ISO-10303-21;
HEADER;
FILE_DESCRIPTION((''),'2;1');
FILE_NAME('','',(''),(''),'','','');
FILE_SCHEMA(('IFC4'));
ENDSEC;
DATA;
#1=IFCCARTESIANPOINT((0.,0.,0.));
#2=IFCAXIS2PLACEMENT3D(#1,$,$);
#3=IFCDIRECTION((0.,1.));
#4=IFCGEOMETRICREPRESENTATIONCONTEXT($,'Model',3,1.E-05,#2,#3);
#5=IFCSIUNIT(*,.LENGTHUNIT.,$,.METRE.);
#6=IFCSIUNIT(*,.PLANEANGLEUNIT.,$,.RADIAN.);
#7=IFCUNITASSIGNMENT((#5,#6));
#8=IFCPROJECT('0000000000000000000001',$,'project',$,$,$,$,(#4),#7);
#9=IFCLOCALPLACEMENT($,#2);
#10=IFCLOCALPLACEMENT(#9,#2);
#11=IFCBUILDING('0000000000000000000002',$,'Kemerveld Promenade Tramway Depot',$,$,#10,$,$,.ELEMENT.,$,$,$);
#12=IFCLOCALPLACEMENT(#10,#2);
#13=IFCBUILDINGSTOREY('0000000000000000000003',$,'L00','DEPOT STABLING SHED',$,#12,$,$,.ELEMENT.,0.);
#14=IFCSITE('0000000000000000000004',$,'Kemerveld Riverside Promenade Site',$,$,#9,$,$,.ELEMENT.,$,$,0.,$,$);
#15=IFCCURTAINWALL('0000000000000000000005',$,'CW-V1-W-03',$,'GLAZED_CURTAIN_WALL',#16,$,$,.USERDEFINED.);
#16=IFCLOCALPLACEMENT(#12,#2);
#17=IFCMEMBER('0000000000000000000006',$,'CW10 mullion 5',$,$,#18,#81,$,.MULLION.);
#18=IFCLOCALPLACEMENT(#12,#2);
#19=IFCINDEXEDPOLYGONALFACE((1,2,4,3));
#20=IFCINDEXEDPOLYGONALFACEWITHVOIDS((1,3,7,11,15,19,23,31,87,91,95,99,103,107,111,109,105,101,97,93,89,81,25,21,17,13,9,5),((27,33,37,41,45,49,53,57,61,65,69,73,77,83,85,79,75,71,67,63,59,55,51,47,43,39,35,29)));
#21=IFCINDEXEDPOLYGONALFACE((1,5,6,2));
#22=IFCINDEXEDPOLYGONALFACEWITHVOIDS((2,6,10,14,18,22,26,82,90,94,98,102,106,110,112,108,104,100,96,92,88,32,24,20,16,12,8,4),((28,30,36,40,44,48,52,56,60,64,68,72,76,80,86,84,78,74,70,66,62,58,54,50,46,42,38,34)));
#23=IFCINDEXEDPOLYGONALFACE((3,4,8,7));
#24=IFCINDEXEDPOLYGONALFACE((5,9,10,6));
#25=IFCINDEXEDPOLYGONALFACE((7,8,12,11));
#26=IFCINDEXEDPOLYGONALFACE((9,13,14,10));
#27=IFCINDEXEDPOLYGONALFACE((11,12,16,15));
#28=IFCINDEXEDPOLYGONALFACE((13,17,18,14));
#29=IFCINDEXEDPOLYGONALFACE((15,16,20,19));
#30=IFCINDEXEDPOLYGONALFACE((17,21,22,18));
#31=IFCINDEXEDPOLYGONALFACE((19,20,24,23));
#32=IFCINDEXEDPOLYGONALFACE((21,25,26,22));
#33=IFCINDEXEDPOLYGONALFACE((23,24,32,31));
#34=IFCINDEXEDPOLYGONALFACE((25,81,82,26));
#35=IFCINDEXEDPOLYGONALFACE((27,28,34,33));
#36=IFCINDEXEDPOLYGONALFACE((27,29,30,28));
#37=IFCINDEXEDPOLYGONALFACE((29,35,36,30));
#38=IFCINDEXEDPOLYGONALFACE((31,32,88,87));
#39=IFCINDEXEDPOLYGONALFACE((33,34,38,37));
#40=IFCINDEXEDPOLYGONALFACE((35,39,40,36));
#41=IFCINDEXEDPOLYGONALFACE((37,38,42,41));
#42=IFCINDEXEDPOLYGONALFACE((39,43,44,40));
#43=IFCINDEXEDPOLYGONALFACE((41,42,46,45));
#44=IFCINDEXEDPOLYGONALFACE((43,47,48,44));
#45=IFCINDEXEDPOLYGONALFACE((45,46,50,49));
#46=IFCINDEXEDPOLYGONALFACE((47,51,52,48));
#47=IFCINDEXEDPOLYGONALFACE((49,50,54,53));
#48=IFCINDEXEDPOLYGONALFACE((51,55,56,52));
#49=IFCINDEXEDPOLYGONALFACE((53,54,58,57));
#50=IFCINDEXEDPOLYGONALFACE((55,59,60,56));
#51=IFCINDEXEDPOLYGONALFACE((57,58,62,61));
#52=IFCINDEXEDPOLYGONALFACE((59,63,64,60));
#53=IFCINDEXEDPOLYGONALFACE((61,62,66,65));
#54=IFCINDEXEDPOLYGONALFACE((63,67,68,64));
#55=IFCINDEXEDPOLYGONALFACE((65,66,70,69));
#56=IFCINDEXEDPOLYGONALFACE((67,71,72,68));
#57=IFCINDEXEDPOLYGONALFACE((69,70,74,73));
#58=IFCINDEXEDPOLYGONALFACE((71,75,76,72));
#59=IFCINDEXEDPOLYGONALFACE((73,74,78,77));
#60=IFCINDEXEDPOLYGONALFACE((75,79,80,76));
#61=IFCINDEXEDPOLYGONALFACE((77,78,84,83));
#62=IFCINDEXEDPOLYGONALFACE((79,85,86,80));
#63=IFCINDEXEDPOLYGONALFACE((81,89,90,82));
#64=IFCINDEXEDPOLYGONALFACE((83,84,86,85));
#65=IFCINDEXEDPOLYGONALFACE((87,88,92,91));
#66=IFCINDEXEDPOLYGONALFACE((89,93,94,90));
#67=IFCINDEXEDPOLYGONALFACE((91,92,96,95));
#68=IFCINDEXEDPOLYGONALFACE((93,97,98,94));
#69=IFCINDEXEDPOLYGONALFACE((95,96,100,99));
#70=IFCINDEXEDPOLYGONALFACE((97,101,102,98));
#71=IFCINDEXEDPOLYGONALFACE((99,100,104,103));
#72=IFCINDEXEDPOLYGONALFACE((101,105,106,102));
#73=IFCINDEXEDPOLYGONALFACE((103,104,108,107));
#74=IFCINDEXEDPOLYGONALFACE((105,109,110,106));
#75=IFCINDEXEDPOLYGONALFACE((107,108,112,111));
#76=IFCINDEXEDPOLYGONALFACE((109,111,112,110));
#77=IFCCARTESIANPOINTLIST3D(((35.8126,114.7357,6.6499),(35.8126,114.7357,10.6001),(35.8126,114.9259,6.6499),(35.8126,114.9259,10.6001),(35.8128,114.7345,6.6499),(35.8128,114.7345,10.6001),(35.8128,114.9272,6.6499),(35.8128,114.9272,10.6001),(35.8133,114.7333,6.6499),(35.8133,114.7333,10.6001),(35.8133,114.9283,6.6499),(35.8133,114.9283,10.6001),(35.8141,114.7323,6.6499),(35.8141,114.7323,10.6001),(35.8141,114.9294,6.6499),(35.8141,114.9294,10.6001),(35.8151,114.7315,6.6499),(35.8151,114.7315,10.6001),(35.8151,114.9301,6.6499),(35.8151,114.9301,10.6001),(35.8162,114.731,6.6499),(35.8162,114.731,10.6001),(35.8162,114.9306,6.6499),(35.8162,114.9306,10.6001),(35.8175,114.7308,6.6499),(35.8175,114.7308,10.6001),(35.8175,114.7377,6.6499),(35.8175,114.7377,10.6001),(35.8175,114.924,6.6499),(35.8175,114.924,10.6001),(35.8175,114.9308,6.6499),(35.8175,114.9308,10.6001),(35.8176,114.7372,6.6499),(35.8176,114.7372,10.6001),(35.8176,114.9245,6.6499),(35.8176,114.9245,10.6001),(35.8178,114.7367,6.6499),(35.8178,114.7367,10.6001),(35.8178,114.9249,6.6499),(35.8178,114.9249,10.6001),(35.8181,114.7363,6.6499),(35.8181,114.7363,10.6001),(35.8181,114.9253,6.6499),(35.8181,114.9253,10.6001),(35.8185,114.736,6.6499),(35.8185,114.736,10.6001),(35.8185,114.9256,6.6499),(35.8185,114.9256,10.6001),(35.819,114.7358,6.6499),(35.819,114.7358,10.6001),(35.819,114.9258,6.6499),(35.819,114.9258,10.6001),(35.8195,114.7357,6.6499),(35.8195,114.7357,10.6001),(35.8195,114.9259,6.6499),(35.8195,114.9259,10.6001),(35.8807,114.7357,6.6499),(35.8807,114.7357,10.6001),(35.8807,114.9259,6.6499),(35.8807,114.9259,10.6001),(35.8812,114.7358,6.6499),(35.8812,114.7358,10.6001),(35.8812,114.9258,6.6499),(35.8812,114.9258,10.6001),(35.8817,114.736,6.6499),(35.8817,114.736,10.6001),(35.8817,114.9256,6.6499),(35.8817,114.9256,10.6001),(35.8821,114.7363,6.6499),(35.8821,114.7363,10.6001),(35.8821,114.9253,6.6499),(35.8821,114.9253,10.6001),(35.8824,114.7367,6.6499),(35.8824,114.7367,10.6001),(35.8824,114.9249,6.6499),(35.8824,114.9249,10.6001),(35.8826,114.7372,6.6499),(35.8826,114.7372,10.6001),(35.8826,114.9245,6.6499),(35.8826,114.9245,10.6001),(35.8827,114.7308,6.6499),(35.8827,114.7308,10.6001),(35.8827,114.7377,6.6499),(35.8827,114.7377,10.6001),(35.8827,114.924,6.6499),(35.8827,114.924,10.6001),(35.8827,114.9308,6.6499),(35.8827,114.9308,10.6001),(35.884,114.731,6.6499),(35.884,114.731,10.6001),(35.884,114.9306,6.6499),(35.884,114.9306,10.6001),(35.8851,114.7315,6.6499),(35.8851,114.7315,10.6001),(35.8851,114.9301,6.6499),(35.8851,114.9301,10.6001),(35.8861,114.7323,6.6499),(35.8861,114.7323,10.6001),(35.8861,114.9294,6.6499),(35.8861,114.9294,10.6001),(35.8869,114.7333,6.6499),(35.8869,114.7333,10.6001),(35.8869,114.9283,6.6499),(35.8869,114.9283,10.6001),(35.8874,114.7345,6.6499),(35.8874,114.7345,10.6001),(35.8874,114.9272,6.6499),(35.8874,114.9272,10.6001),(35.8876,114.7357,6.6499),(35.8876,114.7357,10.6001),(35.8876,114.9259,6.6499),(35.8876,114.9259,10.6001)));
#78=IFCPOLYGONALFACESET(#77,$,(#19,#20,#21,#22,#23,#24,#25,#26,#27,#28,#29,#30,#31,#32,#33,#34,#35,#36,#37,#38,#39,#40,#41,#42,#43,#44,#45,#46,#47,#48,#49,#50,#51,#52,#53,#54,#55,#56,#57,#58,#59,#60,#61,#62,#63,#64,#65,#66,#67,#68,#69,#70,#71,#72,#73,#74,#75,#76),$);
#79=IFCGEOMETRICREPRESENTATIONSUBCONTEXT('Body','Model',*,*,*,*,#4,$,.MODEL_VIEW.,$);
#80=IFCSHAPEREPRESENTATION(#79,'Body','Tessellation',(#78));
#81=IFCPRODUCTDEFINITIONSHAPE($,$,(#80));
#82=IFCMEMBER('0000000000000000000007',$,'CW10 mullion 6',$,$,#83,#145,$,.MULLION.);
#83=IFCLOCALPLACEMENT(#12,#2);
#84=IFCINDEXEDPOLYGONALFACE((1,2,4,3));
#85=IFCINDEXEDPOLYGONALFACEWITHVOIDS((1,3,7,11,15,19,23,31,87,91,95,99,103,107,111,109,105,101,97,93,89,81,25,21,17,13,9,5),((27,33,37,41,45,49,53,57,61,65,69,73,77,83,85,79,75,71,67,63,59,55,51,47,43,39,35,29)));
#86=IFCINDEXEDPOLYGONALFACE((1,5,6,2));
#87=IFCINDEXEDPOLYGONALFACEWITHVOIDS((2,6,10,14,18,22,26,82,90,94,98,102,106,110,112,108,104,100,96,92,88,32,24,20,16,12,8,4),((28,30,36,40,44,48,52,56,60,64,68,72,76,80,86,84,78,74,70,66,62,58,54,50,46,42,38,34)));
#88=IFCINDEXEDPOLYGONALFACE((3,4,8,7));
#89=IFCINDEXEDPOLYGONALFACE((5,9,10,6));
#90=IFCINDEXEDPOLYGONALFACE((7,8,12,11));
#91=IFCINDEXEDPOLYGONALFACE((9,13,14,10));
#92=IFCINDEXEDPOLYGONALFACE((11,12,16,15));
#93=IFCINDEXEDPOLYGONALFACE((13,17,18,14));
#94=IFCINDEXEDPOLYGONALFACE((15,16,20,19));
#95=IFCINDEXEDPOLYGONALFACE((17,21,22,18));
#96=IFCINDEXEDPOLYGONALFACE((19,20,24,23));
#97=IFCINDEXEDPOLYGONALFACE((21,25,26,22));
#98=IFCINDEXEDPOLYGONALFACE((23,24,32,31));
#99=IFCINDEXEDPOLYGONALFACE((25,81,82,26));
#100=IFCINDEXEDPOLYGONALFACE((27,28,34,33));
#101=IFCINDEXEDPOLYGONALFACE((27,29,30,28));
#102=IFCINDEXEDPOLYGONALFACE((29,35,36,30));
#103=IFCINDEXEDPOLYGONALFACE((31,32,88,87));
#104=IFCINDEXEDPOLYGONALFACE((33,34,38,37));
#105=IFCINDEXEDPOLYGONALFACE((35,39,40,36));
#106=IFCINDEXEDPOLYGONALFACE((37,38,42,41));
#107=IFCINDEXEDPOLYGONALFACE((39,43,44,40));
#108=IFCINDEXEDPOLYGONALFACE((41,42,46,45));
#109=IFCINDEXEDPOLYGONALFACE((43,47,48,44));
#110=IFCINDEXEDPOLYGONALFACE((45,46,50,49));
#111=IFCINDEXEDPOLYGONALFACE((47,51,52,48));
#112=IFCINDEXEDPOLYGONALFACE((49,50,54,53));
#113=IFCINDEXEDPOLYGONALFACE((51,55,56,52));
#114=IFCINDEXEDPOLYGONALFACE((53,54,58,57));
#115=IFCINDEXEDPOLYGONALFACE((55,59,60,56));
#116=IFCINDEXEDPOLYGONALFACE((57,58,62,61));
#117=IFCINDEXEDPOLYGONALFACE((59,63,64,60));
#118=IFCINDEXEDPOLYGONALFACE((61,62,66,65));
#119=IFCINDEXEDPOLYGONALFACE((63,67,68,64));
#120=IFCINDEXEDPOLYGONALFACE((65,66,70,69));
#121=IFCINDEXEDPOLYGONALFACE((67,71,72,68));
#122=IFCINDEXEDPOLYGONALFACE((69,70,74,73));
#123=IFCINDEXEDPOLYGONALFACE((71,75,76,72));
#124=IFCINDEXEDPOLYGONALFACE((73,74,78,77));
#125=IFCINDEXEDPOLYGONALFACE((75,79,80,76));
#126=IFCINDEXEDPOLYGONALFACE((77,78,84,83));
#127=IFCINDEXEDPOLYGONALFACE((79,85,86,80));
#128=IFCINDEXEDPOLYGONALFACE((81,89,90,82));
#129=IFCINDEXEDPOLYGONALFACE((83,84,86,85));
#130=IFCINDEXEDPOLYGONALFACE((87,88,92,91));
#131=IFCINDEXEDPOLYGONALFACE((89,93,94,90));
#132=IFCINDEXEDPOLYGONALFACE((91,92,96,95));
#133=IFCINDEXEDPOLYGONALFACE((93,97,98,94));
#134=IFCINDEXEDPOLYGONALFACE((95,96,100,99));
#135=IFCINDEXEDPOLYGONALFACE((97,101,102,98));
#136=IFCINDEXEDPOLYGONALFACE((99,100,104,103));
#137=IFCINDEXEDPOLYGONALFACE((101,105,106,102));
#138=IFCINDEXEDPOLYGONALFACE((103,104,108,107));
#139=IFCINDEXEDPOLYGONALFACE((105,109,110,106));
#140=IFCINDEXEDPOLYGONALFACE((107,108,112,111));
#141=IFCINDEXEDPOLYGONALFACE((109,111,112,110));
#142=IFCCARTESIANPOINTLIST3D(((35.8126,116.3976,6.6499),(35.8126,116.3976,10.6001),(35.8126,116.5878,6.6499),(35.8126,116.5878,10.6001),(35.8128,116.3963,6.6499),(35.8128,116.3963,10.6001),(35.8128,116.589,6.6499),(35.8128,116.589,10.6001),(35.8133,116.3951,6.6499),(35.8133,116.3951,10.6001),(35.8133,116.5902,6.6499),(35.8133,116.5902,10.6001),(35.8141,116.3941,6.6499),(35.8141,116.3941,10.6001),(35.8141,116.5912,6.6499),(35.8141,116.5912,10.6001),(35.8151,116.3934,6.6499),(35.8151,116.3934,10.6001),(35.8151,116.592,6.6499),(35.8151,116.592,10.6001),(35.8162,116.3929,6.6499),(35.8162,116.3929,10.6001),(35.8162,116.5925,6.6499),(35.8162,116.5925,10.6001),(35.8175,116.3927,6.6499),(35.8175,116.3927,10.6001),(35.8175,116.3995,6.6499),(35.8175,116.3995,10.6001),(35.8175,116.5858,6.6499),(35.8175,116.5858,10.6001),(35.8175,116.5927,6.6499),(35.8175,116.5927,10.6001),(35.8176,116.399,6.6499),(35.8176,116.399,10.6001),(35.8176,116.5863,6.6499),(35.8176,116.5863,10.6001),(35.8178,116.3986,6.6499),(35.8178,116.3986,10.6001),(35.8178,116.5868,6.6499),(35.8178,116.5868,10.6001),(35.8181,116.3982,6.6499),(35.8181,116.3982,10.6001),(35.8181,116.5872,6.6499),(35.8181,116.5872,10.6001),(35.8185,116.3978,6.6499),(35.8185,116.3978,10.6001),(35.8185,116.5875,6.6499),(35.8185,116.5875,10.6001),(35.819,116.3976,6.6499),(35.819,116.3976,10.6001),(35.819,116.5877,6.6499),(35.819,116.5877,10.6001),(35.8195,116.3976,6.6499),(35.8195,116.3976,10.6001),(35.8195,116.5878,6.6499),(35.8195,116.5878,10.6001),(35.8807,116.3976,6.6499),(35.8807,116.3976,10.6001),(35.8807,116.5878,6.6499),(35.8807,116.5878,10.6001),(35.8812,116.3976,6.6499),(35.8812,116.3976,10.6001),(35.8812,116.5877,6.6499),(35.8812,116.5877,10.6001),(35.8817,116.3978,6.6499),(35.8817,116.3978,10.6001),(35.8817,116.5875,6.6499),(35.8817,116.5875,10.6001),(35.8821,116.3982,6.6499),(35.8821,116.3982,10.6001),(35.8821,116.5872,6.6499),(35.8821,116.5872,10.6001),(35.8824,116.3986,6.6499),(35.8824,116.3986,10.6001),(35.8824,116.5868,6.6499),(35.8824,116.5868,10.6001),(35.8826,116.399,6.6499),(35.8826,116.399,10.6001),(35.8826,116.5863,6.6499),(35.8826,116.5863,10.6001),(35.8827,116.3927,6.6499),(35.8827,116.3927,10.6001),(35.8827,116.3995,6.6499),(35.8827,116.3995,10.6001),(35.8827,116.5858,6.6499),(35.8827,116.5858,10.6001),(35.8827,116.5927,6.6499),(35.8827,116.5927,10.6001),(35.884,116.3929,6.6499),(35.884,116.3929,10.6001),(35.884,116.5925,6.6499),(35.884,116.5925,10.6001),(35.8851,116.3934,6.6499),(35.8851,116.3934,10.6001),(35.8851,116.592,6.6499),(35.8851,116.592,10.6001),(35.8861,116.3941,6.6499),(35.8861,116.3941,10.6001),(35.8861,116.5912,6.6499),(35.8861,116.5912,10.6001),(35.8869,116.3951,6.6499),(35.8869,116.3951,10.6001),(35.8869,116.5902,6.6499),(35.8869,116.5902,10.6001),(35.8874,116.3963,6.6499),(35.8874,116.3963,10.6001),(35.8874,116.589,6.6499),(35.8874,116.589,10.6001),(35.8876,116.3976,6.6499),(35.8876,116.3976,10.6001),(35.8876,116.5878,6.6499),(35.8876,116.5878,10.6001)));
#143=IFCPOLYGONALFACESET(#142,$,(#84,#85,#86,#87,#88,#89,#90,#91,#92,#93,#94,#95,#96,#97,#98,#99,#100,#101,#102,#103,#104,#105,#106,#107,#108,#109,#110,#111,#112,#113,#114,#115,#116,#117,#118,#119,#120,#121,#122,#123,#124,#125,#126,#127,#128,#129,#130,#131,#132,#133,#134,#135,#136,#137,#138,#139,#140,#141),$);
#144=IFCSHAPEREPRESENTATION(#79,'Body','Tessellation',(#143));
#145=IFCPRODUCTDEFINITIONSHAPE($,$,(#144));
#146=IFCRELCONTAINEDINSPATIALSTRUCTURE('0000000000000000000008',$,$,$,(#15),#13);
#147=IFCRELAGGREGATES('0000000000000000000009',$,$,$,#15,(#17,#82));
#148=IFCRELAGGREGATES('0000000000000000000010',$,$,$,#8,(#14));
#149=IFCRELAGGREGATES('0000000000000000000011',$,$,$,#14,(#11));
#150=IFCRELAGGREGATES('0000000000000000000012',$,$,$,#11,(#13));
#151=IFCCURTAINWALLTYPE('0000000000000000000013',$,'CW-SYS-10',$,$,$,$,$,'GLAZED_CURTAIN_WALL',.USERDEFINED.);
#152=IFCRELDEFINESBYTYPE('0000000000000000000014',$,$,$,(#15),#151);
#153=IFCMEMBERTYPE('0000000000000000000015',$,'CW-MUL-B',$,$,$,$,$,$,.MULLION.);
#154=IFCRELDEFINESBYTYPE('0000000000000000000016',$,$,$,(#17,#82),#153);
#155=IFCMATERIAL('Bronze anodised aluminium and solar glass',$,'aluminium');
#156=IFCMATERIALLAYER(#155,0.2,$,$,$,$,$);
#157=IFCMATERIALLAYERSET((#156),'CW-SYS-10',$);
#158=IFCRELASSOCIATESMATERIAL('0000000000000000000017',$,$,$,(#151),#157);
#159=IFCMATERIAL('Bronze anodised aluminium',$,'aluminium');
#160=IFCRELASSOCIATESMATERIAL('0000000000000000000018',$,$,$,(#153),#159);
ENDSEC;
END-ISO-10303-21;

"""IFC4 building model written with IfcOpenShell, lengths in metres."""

from ifc_helpers import new_model, si_unit, direction, frame, origin, origin_2d, place, context, subcontext, project, spatial, hollow_rectangle, extrude, material, layer, layer_set, material_profile, profile_set, type_object, element, aggregate, save


model = new_model("IFC4")

# Units and contexts
model_context = context("Model", 3, precision=1e-05, world=origin(), true_north=direction((0.0, 1.0)))
body_context = subcontext(model_context, "Body", "Model", "MODEL_VIEW")
ifc_project = project(units=[si_unit("LENGTHUNIT", "METRE"), si_unit("PLANEANGLEUNIT", "RADIAN")], contexts=[model_context])

# Site, building, storey
site_placement = place(None, origin())
site = spatial("IfcSite", under=ifc_project, at=site_placement, Name="Kemerveld Riverside Promenade Site", CompositionType="ELEMENT", RefElevation=0.0)
building_placement = place(site_placement, origin())
building = spatial("IfcBuilding", under=site, at=building_placement, Name="Kemerveld Promenade Tramway Depot", CompositionType="ELEMENT")
storey_placement = place(building_placement, origin())
storey = spatial("IfcBuildingStorey", under=building, at=storey_placement, Name="L00", Description="DEPOT STABLING SHED", CompositionType="ELEMENT", Elevation=0.0)

# Curtain wall, members
ifc_material_1 = material(Name="Bronze anodised aluminium and solar glass", Category="aluminium")
ifc_material_2 = material(Name="Bronze anodised aluminium", Category="aluminium")
ifc_layer_1 = layer(ifc_material_1, 0.2)
ifc_layer_set_1 = layer_set([ifc_layer_1], Name="CW-SYS-10")
curtain_wall_type_1 = type_object("IfcCurtainWallType", Name="CW-SYS-10", ElementType="GLAZED_CURTAIN_WALL", PredefinedType="USERDEFINED", material=ifc_layer_set_1)
curtain_wall_1_placement = place(storey_placement, origin())
curtain_wall_1 = element("IfcCurtainWall", 1, at=curtain_wall_1_placement, inside=storey, type_object=curtain_wall_type_1, Name="CW-V1-W-03", ObjectType="GLAZED_CURTAIN_WALL", PredefinedType="USERDEFINED")
ifc_material_profile_1 = material_profile(ifc_material_2, hollow_rectangle(XDim=0.075, YDim=0.2, WallThickness=0.0049, InnerFilletRadius=0.002, OuterFilletRadius=0.0049, at=origin_2d()), Name="CW-MUL-200x75")
ifc_profile_set_1 = profile_set([ifc_material_profile_1], Name="Bronze anodised aluminium")
member_type_1 = type_object("IfcMemberType", Name="CW-MUL-B", PredefinedType="MULLION", material=ifc_profile_set_1)
member_1_placement = place(storey_placement, frame((35.8501, 114.8308, 6.6499), z_axis=(0.0, 0.0, 1.0), x_axis=(-1.0, 0.0, 0.0)))
member_1 = element("IfcMember", 2, at=member_1_placement, type_object=member_type_1, Name="CW10 mullion 5", PredefinedType="MULLION", context=body_context, shape_type="SweptSolid", body=[
    extrude(hollow_rectangle(XDim=0.075, YDim=0.2, WallThickness=0.0049, InnerFilletRadius=0.002, OuterFilletRadius=0.0049, at=origin_2d()), origin(), (0.0, 0.0, 1.0), 3.9502),
])
member_2_placement = place(storey_placement, frame((35.8501, 116.4927, 6.6499), z_axis=(0.0, 0.0, 1.0), x_axis=(-1.0, 0.0, 0.0)))
member_2 = element("IfcMember", 3, at=member_2_placement, type_object=member_type_1, Name="CW10 mullion 6", PredefinedType="MULLION", context=body_context, shape_type="SweptSolid", body=[
    extrude(hollow_rectangle(XDim=0.075, YDim=0.2, WallThickness=0.0049, InnerFilletRadius=0.002, OuterFilletRadius=0.0049, at=origin_2d()), origin(), (0.0, 0.0, 1.0), 3.9502),
])

aggregate(curtain_wall_1, [member_1, member_2])

save(model, "model.ifc")
